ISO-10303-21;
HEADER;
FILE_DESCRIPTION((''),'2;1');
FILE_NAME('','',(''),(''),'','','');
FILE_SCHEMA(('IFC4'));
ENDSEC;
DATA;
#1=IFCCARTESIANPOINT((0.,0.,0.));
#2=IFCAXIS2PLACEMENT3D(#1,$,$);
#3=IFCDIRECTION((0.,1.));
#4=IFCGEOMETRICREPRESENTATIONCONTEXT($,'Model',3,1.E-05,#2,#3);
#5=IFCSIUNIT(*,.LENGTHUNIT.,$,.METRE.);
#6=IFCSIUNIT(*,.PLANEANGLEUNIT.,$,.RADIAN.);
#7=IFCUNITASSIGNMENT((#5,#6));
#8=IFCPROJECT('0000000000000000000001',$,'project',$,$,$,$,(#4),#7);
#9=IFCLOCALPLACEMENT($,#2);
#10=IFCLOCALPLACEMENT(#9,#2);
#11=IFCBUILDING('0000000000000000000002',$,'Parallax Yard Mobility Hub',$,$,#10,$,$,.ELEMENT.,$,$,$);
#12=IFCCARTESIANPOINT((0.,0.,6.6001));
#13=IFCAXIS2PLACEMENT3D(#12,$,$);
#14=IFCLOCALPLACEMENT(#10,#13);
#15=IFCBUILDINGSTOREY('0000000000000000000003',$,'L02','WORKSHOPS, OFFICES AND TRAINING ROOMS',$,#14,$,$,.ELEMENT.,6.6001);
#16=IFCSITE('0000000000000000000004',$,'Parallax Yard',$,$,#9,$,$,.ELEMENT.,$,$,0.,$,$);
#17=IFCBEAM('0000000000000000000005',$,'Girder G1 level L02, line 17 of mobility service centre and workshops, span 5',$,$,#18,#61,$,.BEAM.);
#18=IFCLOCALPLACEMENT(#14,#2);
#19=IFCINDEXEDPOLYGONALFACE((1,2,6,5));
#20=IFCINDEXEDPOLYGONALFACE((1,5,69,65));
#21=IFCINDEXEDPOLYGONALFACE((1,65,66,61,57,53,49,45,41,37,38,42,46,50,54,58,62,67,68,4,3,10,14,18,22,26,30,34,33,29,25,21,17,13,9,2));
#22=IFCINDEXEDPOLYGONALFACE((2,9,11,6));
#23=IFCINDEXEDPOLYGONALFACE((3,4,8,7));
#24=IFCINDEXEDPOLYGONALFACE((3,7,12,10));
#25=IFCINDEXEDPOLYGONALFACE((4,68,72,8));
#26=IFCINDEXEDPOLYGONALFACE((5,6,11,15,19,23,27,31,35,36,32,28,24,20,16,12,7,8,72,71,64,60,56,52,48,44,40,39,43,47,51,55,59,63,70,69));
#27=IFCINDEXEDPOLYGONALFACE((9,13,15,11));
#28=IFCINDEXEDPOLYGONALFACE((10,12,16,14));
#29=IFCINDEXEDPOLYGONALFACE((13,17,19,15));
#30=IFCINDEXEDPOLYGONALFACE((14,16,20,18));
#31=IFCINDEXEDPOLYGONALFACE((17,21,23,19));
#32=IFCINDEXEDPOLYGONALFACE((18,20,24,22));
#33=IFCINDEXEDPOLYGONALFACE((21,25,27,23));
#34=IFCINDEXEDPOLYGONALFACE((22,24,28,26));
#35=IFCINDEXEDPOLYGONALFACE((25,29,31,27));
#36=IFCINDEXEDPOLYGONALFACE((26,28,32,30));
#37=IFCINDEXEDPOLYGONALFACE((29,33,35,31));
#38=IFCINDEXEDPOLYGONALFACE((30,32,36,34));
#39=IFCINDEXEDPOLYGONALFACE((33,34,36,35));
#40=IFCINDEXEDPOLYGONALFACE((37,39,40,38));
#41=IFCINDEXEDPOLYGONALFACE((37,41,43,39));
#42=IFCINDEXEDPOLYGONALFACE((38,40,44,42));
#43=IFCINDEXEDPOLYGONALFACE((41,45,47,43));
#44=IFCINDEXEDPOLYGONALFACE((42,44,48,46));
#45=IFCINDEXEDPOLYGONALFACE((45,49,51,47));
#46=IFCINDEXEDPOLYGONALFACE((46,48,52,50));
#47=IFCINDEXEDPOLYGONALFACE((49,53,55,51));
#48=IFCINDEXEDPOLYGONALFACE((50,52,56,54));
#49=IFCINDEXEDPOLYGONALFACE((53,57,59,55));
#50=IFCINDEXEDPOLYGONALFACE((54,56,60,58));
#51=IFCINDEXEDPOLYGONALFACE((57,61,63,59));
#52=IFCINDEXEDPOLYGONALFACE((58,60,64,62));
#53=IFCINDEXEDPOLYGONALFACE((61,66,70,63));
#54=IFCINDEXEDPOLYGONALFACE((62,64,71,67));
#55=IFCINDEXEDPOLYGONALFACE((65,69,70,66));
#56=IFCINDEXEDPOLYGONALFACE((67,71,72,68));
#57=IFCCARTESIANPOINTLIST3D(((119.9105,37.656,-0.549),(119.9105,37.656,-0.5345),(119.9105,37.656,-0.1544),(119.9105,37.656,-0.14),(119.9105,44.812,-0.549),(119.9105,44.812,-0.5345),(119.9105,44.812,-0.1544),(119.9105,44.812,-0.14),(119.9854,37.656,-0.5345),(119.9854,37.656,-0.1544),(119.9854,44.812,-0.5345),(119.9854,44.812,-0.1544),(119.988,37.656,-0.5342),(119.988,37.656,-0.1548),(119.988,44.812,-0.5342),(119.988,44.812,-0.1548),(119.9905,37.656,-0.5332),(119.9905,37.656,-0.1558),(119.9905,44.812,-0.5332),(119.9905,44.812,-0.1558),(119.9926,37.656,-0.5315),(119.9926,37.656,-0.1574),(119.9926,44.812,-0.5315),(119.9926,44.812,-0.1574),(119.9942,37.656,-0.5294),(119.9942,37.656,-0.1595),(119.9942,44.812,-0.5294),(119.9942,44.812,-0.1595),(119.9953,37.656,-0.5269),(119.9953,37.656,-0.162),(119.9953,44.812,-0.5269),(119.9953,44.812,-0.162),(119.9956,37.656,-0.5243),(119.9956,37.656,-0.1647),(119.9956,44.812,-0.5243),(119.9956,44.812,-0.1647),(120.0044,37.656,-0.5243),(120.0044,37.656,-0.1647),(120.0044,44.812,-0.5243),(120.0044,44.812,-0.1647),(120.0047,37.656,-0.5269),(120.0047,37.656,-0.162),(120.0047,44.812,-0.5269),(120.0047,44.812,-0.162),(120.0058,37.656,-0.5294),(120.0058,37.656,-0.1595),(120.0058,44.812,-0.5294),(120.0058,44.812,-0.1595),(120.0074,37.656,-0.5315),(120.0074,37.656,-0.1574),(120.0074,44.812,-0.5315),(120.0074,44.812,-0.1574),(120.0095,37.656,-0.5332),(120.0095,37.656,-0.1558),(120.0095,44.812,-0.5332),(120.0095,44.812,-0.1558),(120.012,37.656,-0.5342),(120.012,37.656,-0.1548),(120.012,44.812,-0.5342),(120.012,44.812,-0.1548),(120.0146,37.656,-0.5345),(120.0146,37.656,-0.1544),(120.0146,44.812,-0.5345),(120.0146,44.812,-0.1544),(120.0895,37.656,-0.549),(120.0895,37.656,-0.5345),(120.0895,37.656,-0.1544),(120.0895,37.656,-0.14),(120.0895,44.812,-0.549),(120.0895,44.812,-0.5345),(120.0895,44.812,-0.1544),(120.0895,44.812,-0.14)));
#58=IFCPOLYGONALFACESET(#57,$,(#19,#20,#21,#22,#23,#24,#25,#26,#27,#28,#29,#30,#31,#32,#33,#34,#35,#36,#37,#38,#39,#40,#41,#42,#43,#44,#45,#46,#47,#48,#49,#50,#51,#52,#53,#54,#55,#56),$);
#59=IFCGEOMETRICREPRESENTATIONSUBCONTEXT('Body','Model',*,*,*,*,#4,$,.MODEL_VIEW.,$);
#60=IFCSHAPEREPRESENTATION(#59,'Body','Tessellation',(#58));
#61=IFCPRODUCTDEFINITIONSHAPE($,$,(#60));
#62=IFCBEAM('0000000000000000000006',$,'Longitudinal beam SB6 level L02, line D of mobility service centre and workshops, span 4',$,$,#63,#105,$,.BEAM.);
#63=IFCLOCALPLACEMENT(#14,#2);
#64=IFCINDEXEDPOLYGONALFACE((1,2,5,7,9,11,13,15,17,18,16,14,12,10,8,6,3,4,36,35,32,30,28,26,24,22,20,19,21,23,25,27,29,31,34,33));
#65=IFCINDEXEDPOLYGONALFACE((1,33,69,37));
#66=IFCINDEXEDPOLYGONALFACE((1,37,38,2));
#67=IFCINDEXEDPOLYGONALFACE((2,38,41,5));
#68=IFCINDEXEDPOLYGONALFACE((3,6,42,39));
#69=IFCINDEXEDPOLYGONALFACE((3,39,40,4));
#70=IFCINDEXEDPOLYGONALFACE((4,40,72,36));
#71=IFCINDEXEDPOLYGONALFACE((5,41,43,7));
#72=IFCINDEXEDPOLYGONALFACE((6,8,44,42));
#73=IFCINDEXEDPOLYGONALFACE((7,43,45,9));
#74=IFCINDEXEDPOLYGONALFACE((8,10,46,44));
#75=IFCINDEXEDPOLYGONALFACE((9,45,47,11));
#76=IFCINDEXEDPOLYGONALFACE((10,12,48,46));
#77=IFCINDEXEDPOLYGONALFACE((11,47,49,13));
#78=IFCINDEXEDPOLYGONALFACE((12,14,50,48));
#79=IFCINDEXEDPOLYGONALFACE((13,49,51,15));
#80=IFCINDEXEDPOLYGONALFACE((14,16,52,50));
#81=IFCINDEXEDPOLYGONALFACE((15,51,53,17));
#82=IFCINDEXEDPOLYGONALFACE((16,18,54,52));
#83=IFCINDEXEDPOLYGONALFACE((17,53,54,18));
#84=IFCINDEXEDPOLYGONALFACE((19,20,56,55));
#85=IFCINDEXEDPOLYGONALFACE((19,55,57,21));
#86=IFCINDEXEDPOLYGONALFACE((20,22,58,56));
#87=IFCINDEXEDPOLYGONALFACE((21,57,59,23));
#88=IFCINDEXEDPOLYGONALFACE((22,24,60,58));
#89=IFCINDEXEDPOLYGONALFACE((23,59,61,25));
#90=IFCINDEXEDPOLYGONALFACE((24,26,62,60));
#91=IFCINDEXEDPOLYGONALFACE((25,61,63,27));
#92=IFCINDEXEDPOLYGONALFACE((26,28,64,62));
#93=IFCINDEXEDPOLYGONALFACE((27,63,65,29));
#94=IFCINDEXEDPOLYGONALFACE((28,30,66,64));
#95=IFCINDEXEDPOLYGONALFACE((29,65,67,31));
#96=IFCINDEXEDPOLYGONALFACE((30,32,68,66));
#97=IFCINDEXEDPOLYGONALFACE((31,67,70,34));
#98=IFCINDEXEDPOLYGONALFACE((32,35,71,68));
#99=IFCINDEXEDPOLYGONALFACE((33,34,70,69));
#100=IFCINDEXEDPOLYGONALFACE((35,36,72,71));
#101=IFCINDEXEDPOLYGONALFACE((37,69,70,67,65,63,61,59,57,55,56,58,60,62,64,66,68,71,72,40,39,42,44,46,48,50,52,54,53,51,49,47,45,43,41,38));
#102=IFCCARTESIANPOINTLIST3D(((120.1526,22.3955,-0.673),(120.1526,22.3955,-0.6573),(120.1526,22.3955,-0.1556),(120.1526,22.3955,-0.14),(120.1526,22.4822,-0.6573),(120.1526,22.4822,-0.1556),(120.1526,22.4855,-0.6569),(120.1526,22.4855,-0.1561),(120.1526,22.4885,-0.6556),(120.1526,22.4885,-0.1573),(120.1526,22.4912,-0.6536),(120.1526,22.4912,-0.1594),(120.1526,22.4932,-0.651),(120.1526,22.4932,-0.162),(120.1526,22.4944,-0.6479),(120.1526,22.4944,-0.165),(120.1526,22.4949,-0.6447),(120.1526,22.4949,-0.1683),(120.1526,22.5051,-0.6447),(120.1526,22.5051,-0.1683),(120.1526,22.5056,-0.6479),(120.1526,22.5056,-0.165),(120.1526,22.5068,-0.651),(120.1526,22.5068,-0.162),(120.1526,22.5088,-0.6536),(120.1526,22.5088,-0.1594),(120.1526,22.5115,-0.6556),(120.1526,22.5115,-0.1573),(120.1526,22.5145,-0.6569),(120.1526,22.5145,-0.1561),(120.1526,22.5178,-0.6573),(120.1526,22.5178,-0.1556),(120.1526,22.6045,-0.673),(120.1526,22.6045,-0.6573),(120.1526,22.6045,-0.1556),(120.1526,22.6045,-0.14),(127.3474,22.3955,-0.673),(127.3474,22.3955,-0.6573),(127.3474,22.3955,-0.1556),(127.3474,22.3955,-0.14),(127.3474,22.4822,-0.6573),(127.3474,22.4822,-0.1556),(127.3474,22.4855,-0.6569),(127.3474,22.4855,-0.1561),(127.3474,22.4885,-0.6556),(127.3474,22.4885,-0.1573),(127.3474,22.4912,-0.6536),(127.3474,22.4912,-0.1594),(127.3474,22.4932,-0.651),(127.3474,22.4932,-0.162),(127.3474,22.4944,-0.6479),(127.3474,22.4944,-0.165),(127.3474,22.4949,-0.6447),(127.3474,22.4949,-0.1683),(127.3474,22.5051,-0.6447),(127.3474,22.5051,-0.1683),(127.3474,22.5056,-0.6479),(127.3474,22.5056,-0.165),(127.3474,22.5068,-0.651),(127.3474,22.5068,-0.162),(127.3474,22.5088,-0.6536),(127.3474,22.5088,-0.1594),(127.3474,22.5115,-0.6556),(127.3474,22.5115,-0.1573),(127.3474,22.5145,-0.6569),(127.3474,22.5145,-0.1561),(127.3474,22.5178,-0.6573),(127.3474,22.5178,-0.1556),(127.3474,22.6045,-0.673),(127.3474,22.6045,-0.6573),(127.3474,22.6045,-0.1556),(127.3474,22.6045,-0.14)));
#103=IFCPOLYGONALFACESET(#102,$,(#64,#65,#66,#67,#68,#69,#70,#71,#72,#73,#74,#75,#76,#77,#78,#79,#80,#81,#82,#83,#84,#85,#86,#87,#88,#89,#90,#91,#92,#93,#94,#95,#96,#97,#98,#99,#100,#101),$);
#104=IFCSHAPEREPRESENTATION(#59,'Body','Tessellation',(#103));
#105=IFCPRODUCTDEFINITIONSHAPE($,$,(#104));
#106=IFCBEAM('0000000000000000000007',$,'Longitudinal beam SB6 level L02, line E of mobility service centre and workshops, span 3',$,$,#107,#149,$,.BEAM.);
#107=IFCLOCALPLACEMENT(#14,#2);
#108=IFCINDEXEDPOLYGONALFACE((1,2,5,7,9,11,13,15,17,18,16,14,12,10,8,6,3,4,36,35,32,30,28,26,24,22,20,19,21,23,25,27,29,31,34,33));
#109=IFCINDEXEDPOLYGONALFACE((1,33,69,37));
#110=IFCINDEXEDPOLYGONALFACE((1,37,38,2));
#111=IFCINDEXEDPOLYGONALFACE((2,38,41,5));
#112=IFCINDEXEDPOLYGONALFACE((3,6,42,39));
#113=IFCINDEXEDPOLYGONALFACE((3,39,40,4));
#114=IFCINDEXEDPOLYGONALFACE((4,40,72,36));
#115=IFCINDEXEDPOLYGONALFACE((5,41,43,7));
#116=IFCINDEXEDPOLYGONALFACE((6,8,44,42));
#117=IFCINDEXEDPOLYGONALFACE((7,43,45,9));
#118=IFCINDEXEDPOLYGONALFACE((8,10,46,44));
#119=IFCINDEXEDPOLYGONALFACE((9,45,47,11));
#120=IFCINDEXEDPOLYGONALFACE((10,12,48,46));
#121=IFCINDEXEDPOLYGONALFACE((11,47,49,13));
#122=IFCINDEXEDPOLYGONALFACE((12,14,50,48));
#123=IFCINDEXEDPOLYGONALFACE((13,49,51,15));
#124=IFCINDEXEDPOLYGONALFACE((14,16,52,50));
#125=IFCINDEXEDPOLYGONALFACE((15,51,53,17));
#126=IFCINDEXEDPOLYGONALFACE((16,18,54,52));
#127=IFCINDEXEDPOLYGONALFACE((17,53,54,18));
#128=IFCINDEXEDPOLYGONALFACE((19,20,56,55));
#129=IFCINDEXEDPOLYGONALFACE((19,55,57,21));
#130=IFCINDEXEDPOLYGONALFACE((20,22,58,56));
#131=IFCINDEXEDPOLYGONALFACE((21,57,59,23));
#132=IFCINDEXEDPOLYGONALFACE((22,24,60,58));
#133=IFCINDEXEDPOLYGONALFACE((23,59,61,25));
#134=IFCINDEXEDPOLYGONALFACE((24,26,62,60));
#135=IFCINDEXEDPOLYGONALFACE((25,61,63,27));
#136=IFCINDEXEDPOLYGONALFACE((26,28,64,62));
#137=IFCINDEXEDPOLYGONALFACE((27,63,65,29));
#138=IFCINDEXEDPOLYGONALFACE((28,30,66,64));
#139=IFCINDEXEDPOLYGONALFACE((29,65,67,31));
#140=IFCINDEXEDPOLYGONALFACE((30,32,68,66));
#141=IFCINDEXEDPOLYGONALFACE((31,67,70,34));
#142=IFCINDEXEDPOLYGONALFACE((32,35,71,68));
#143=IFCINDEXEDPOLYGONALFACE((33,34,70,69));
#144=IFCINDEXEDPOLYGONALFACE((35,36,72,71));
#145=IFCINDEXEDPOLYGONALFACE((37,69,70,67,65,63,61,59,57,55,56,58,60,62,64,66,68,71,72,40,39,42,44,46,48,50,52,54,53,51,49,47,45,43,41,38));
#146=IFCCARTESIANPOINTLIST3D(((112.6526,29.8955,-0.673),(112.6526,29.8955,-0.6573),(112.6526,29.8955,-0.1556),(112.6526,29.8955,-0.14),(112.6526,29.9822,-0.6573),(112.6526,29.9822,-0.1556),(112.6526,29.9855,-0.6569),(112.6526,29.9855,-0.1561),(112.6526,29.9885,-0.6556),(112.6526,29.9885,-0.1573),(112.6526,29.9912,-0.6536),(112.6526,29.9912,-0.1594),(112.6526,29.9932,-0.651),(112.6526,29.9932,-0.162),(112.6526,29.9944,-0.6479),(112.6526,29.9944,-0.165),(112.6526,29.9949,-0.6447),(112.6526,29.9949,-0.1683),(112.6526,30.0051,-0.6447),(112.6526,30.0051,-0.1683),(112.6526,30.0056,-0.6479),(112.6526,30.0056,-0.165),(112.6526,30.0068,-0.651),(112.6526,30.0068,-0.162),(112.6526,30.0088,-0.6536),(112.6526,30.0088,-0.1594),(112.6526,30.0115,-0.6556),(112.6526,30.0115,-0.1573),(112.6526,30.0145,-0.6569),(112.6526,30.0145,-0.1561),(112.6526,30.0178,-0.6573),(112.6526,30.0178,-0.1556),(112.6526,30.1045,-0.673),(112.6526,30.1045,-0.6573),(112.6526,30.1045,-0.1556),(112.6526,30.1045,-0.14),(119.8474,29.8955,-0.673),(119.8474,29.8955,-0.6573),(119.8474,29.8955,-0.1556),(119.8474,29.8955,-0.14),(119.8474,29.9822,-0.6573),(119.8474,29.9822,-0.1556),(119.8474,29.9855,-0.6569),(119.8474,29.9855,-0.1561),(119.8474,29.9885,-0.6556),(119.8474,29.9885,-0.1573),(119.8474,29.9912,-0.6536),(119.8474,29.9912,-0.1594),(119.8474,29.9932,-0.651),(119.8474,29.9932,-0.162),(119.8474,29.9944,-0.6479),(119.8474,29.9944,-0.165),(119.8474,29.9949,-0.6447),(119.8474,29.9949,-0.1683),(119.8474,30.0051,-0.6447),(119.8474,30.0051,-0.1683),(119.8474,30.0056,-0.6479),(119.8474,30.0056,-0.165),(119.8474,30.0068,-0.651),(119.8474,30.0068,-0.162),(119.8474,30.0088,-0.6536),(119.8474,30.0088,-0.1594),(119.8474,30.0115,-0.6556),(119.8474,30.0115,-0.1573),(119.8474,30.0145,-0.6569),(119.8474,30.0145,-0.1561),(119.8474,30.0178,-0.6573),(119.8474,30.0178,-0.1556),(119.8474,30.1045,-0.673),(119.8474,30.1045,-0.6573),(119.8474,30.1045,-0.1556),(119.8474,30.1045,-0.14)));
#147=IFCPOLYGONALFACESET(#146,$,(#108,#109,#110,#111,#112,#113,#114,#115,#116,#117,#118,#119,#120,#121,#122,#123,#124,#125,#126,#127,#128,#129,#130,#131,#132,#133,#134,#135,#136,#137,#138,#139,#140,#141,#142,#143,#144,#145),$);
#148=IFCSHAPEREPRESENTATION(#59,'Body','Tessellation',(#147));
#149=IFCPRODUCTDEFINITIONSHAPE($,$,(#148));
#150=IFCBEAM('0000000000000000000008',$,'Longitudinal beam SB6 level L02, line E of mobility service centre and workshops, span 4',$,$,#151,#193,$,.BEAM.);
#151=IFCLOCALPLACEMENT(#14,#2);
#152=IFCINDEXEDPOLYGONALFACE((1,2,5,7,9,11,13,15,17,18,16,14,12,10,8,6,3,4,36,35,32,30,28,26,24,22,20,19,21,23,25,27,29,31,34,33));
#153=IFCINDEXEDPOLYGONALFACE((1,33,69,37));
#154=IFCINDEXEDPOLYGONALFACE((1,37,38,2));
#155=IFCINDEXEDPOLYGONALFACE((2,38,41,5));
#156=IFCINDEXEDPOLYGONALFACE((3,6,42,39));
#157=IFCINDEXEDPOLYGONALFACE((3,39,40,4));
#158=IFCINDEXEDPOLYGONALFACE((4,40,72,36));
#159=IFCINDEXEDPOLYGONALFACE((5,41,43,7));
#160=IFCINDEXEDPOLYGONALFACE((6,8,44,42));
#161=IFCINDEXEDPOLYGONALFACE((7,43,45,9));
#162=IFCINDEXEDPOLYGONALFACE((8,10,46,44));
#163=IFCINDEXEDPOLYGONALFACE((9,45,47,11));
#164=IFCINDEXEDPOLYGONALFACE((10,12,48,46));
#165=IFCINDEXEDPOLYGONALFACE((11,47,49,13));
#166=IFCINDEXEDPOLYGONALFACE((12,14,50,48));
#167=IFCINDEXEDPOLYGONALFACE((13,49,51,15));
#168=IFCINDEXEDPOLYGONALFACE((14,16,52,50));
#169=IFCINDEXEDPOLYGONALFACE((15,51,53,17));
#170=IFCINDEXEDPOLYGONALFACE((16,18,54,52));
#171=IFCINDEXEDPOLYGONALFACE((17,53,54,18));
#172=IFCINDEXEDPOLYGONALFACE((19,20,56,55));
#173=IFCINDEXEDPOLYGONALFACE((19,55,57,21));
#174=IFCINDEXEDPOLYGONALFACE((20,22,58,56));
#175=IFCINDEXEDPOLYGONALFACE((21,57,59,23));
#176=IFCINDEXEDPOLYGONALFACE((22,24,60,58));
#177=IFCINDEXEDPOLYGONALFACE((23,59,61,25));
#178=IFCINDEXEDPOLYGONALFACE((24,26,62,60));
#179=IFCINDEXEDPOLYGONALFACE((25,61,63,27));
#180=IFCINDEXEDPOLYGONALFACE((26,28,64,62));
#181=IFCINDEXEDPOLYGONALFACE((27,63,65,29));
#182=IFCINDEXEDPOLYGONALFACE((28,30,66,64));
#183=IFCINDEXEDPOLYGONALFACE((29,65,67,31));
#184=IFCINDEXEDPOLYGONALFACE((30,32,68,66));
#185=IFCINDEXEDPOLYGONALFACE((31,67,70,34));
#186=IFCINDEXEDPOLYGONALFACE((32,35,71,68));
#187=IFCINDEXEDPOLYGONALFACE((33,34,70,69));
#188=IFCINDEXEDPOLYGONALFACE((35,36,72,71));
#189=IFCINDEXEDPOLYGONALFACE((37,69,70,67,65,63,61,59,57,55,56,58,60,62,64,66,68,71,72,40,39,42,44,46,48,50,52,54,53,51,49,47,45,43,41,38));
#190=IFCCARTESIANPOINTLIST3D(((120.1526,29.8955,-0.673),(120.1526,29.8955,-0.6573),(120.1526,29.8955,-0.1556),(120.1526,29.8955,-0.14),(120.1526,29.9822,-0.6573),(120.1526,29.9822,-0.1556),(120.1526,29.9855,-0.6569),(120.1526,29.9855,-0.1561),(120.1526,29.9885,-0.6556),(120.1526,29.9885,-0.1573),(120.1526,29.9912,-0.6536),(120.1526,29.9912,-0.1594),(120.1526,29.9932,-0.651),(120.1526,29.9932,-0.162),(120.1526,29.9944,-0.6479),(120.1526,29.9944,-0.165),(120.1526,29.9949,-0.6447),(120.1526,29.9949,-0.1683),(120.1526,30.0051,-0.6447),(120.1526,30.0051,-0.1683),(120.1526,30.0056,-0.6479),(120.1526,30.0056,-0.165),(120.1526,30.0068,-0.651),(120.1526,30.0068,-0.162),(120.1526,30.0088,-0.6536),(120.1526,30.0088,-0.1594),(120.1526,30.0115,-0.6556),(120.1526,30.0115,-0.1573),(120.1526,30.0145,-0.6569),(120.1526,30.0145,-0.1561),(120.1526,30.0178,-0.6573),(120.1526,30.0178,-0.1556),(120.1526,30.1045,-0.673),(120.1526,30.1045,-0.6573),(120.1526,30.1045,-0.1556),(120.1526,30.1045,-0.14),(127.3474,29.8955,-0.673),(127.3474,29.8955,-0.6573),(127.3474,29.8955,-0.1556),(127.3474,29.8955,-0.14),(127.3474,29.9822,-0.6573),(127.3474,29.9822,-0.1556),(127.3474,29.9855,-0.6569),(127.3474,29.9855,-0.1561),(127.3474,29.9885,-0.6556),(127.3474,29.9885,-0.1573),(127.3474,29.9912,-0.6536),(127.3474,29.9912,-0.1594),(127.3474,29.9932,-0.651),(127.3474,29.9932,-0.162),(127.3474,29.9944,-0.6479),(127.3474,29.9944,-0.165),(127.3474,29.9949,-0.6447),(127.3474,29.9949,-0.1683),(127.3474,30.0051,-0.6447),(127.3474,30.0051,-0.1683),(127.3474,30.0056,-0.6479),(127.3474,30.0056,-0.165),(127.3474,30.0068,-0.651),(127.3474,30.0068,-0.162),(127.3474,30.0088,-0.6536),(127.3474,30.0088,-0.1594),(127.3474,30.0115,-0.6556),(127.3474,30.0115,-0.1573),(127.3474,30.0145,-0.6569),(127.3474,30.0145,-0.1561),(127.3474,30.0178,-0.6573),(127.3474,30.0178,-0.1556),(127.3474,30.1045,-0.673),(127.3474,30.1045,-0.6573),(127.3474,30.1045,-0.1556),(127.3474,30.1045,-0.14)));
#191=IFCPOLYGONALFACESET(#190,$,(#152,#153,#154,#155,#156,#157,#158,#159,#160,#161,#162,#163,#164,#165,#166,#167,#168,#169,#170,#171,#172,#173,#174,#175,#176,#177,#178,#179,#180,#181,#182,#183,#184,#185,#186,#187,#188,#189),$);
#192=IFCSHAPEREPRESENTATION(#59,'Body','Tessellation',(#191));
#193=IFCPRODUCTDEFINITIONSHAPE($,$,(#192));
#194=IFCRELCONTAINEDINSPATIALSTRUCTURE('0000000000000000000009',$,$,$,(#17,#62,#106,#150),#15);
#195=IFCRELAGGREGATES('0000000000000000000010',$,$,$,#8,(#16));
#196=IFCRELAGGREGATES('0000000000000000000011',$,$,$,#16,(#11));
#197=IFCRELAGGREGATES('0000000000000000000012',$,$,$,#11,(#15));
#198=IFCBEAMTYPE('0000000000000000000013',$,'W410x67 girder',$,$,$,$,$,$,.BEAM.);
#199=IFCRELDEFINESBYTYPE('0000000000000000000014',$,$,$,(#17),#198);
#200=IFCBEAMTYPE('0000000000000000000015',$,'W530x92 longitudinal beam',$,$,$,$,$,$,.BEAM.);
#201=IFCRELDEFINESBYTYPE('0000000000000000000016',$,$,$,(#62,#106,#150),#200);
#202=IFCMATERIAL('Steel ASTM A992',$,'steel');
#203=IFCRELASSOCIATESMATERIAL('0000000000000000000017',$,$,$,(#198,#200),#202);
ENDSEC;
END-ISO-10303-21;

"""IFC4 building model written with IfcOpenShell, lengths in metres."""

from ifc_helpers import new_model, si_unit, direction, frame, origin, origin_2d, place, context, subcontext, project, spatial, i_section, extrude, material, material_profile, profile_set, type_object, element, save


model = new_model("IFC4")

# Units and contexts
model_context = context("Model", 3, precision=1e-05, world=origin(), true_north=direction((0.0, 1.0)))
body_context = subcontext(model_context, "Body", "Model", "MODEL_VIEW")
ifc_project = project(units=[si_unit("LENGTHUNIT", "METRE"), si_unit("PLANEANGLEUNIT", "RADIAN")], contexts=[model_context])

# Site, building, storey
site_placement = place(None, origin())
site = spatial("IfcSite", under=ifc_project, at=site_placement, Name="Parallax Yard", CompositionType="ELEMENT", RefElevation=0.0)
building_placement = place(site_placement, origin())
building = spatial("IfcBuilding", under=site, at=building_placement, Name="Parallax Yard Mobility Hub", CompositionType="ELEMENT")
storey_placement = place(building_placement, frame((0.0, 0.0, 6.6001)))
storey = spatial("IfcBuildingStorey", under=building, at=storey_placement, Name="L02", Description="WORKSHOPS, OFFICES AND TRAINING ROOMS", CompositionType="ELEMENT", Elevation=6.6001)

# Shared definitions
ifc_material_1 = material(Name="Steel ASTM A992", Category="steel")

# Beams
ifc_material_profile_1 = material_profile(ifc_material_1, i_section(OverallWidth=0.179, OverallDepth=0.4089, WebThickness=0.0088, FlangeThickness=0.0144, FilletRadius=0.0103, at=origin_2d()), Name="W410x67")
ifc_profile_set_1 = profile_set([ifc_material_profile_1], Name="Steel ASTM A992")
beam_type_1 = type_object("IfcBeamType", Name="W410x67 girder", PredefinedType="BEAM", material=ifc_profile_set_1)
beam_1_placement = place(storey_placement, frame((120.0, 37.656, -0.3445), z_axis=(0.0, 1.0, 0.0), x_axis=(-1.0, 0.0, 0.0)))
element("IfcBeam", 1, at=beam_1_placement, inside=storey, type_object=beam_type_1, Name="Girder G1 level L02, line 17 of mobility service centre and workshops, span 5", PredefinedType="BEAM", context=body_context, shape_type="SweptSolid", body=[
    extrude(i_section(OverallWidth=0.179, OverallDepth=0.4089, WebThickness=0.0088, FlangeThickness=0.0144, FilletRadius=0.0103, at=origin_2d()), origin(), (0.0, 0.0, 1.0), 7.156),
])
ifc_material_profile_2 = material_profile(ifc_material_1, i_section(OverallWidth=0.209, OverallDepth=0.533, WebThickness=0.0103, FlangeThickness=0.0156, FilletRadius=0.0127, at=origin_2d()), Name="W530x92")
ifc_profile_set_2 = profile_set([ifc_material_profile_2], Name="Steel ASTM A992")
beam_type_2 = type_object("IfcBeamType", Name="W530x92 longitudinal beam", PredefinedType="BEAM", material=ifc_profile_set_2)
for number, where, z_axis, x_axis, name in (
    (2, (120.1526, 22.5, -0.4065), (1.0, 0.0, 0.0), (0.0, 1.0, 0.0), "Longitudinal beam SB6 level L02, line D of mobility service centre and workshops, span 4"),
    (3, (112.6526, 30.0, -0.4065), (1.0, 0.0, 0.0), (0.0, 1.0, 0.0), "Longitudinal beam SB6 level L02, line E of mobility service centre and workshops, span 3"),
    (4, (120.1526, 30.0, -0.4065), (1.0, 0.0, 0.0), (0.0, 1.0, 0.0), "Longitudinal beam SB6 level L02, line E of mobility service centre and workshops, span 4"),
):
    element("IfcBeam", number, at=place(storey_placement, frame(where, z_axis=z_axis, x_axis=x_axis)), inside=storey, type_object=beam_type_2, Name=name, PredefinedType="BEAM", context=body_context, shape_type="SweptSolid", body=[
        extrude(i_section(OverallWidth=0.209, OverallDepth=0.533, WebThickness=0.0103, FlangeThickness=0.0156, FilletRadius=0.0127, at=origin_2d()), origin(), (0.0, 0.0, 1.0), 7.1948),
    ])

save(model, "model.ifc")
